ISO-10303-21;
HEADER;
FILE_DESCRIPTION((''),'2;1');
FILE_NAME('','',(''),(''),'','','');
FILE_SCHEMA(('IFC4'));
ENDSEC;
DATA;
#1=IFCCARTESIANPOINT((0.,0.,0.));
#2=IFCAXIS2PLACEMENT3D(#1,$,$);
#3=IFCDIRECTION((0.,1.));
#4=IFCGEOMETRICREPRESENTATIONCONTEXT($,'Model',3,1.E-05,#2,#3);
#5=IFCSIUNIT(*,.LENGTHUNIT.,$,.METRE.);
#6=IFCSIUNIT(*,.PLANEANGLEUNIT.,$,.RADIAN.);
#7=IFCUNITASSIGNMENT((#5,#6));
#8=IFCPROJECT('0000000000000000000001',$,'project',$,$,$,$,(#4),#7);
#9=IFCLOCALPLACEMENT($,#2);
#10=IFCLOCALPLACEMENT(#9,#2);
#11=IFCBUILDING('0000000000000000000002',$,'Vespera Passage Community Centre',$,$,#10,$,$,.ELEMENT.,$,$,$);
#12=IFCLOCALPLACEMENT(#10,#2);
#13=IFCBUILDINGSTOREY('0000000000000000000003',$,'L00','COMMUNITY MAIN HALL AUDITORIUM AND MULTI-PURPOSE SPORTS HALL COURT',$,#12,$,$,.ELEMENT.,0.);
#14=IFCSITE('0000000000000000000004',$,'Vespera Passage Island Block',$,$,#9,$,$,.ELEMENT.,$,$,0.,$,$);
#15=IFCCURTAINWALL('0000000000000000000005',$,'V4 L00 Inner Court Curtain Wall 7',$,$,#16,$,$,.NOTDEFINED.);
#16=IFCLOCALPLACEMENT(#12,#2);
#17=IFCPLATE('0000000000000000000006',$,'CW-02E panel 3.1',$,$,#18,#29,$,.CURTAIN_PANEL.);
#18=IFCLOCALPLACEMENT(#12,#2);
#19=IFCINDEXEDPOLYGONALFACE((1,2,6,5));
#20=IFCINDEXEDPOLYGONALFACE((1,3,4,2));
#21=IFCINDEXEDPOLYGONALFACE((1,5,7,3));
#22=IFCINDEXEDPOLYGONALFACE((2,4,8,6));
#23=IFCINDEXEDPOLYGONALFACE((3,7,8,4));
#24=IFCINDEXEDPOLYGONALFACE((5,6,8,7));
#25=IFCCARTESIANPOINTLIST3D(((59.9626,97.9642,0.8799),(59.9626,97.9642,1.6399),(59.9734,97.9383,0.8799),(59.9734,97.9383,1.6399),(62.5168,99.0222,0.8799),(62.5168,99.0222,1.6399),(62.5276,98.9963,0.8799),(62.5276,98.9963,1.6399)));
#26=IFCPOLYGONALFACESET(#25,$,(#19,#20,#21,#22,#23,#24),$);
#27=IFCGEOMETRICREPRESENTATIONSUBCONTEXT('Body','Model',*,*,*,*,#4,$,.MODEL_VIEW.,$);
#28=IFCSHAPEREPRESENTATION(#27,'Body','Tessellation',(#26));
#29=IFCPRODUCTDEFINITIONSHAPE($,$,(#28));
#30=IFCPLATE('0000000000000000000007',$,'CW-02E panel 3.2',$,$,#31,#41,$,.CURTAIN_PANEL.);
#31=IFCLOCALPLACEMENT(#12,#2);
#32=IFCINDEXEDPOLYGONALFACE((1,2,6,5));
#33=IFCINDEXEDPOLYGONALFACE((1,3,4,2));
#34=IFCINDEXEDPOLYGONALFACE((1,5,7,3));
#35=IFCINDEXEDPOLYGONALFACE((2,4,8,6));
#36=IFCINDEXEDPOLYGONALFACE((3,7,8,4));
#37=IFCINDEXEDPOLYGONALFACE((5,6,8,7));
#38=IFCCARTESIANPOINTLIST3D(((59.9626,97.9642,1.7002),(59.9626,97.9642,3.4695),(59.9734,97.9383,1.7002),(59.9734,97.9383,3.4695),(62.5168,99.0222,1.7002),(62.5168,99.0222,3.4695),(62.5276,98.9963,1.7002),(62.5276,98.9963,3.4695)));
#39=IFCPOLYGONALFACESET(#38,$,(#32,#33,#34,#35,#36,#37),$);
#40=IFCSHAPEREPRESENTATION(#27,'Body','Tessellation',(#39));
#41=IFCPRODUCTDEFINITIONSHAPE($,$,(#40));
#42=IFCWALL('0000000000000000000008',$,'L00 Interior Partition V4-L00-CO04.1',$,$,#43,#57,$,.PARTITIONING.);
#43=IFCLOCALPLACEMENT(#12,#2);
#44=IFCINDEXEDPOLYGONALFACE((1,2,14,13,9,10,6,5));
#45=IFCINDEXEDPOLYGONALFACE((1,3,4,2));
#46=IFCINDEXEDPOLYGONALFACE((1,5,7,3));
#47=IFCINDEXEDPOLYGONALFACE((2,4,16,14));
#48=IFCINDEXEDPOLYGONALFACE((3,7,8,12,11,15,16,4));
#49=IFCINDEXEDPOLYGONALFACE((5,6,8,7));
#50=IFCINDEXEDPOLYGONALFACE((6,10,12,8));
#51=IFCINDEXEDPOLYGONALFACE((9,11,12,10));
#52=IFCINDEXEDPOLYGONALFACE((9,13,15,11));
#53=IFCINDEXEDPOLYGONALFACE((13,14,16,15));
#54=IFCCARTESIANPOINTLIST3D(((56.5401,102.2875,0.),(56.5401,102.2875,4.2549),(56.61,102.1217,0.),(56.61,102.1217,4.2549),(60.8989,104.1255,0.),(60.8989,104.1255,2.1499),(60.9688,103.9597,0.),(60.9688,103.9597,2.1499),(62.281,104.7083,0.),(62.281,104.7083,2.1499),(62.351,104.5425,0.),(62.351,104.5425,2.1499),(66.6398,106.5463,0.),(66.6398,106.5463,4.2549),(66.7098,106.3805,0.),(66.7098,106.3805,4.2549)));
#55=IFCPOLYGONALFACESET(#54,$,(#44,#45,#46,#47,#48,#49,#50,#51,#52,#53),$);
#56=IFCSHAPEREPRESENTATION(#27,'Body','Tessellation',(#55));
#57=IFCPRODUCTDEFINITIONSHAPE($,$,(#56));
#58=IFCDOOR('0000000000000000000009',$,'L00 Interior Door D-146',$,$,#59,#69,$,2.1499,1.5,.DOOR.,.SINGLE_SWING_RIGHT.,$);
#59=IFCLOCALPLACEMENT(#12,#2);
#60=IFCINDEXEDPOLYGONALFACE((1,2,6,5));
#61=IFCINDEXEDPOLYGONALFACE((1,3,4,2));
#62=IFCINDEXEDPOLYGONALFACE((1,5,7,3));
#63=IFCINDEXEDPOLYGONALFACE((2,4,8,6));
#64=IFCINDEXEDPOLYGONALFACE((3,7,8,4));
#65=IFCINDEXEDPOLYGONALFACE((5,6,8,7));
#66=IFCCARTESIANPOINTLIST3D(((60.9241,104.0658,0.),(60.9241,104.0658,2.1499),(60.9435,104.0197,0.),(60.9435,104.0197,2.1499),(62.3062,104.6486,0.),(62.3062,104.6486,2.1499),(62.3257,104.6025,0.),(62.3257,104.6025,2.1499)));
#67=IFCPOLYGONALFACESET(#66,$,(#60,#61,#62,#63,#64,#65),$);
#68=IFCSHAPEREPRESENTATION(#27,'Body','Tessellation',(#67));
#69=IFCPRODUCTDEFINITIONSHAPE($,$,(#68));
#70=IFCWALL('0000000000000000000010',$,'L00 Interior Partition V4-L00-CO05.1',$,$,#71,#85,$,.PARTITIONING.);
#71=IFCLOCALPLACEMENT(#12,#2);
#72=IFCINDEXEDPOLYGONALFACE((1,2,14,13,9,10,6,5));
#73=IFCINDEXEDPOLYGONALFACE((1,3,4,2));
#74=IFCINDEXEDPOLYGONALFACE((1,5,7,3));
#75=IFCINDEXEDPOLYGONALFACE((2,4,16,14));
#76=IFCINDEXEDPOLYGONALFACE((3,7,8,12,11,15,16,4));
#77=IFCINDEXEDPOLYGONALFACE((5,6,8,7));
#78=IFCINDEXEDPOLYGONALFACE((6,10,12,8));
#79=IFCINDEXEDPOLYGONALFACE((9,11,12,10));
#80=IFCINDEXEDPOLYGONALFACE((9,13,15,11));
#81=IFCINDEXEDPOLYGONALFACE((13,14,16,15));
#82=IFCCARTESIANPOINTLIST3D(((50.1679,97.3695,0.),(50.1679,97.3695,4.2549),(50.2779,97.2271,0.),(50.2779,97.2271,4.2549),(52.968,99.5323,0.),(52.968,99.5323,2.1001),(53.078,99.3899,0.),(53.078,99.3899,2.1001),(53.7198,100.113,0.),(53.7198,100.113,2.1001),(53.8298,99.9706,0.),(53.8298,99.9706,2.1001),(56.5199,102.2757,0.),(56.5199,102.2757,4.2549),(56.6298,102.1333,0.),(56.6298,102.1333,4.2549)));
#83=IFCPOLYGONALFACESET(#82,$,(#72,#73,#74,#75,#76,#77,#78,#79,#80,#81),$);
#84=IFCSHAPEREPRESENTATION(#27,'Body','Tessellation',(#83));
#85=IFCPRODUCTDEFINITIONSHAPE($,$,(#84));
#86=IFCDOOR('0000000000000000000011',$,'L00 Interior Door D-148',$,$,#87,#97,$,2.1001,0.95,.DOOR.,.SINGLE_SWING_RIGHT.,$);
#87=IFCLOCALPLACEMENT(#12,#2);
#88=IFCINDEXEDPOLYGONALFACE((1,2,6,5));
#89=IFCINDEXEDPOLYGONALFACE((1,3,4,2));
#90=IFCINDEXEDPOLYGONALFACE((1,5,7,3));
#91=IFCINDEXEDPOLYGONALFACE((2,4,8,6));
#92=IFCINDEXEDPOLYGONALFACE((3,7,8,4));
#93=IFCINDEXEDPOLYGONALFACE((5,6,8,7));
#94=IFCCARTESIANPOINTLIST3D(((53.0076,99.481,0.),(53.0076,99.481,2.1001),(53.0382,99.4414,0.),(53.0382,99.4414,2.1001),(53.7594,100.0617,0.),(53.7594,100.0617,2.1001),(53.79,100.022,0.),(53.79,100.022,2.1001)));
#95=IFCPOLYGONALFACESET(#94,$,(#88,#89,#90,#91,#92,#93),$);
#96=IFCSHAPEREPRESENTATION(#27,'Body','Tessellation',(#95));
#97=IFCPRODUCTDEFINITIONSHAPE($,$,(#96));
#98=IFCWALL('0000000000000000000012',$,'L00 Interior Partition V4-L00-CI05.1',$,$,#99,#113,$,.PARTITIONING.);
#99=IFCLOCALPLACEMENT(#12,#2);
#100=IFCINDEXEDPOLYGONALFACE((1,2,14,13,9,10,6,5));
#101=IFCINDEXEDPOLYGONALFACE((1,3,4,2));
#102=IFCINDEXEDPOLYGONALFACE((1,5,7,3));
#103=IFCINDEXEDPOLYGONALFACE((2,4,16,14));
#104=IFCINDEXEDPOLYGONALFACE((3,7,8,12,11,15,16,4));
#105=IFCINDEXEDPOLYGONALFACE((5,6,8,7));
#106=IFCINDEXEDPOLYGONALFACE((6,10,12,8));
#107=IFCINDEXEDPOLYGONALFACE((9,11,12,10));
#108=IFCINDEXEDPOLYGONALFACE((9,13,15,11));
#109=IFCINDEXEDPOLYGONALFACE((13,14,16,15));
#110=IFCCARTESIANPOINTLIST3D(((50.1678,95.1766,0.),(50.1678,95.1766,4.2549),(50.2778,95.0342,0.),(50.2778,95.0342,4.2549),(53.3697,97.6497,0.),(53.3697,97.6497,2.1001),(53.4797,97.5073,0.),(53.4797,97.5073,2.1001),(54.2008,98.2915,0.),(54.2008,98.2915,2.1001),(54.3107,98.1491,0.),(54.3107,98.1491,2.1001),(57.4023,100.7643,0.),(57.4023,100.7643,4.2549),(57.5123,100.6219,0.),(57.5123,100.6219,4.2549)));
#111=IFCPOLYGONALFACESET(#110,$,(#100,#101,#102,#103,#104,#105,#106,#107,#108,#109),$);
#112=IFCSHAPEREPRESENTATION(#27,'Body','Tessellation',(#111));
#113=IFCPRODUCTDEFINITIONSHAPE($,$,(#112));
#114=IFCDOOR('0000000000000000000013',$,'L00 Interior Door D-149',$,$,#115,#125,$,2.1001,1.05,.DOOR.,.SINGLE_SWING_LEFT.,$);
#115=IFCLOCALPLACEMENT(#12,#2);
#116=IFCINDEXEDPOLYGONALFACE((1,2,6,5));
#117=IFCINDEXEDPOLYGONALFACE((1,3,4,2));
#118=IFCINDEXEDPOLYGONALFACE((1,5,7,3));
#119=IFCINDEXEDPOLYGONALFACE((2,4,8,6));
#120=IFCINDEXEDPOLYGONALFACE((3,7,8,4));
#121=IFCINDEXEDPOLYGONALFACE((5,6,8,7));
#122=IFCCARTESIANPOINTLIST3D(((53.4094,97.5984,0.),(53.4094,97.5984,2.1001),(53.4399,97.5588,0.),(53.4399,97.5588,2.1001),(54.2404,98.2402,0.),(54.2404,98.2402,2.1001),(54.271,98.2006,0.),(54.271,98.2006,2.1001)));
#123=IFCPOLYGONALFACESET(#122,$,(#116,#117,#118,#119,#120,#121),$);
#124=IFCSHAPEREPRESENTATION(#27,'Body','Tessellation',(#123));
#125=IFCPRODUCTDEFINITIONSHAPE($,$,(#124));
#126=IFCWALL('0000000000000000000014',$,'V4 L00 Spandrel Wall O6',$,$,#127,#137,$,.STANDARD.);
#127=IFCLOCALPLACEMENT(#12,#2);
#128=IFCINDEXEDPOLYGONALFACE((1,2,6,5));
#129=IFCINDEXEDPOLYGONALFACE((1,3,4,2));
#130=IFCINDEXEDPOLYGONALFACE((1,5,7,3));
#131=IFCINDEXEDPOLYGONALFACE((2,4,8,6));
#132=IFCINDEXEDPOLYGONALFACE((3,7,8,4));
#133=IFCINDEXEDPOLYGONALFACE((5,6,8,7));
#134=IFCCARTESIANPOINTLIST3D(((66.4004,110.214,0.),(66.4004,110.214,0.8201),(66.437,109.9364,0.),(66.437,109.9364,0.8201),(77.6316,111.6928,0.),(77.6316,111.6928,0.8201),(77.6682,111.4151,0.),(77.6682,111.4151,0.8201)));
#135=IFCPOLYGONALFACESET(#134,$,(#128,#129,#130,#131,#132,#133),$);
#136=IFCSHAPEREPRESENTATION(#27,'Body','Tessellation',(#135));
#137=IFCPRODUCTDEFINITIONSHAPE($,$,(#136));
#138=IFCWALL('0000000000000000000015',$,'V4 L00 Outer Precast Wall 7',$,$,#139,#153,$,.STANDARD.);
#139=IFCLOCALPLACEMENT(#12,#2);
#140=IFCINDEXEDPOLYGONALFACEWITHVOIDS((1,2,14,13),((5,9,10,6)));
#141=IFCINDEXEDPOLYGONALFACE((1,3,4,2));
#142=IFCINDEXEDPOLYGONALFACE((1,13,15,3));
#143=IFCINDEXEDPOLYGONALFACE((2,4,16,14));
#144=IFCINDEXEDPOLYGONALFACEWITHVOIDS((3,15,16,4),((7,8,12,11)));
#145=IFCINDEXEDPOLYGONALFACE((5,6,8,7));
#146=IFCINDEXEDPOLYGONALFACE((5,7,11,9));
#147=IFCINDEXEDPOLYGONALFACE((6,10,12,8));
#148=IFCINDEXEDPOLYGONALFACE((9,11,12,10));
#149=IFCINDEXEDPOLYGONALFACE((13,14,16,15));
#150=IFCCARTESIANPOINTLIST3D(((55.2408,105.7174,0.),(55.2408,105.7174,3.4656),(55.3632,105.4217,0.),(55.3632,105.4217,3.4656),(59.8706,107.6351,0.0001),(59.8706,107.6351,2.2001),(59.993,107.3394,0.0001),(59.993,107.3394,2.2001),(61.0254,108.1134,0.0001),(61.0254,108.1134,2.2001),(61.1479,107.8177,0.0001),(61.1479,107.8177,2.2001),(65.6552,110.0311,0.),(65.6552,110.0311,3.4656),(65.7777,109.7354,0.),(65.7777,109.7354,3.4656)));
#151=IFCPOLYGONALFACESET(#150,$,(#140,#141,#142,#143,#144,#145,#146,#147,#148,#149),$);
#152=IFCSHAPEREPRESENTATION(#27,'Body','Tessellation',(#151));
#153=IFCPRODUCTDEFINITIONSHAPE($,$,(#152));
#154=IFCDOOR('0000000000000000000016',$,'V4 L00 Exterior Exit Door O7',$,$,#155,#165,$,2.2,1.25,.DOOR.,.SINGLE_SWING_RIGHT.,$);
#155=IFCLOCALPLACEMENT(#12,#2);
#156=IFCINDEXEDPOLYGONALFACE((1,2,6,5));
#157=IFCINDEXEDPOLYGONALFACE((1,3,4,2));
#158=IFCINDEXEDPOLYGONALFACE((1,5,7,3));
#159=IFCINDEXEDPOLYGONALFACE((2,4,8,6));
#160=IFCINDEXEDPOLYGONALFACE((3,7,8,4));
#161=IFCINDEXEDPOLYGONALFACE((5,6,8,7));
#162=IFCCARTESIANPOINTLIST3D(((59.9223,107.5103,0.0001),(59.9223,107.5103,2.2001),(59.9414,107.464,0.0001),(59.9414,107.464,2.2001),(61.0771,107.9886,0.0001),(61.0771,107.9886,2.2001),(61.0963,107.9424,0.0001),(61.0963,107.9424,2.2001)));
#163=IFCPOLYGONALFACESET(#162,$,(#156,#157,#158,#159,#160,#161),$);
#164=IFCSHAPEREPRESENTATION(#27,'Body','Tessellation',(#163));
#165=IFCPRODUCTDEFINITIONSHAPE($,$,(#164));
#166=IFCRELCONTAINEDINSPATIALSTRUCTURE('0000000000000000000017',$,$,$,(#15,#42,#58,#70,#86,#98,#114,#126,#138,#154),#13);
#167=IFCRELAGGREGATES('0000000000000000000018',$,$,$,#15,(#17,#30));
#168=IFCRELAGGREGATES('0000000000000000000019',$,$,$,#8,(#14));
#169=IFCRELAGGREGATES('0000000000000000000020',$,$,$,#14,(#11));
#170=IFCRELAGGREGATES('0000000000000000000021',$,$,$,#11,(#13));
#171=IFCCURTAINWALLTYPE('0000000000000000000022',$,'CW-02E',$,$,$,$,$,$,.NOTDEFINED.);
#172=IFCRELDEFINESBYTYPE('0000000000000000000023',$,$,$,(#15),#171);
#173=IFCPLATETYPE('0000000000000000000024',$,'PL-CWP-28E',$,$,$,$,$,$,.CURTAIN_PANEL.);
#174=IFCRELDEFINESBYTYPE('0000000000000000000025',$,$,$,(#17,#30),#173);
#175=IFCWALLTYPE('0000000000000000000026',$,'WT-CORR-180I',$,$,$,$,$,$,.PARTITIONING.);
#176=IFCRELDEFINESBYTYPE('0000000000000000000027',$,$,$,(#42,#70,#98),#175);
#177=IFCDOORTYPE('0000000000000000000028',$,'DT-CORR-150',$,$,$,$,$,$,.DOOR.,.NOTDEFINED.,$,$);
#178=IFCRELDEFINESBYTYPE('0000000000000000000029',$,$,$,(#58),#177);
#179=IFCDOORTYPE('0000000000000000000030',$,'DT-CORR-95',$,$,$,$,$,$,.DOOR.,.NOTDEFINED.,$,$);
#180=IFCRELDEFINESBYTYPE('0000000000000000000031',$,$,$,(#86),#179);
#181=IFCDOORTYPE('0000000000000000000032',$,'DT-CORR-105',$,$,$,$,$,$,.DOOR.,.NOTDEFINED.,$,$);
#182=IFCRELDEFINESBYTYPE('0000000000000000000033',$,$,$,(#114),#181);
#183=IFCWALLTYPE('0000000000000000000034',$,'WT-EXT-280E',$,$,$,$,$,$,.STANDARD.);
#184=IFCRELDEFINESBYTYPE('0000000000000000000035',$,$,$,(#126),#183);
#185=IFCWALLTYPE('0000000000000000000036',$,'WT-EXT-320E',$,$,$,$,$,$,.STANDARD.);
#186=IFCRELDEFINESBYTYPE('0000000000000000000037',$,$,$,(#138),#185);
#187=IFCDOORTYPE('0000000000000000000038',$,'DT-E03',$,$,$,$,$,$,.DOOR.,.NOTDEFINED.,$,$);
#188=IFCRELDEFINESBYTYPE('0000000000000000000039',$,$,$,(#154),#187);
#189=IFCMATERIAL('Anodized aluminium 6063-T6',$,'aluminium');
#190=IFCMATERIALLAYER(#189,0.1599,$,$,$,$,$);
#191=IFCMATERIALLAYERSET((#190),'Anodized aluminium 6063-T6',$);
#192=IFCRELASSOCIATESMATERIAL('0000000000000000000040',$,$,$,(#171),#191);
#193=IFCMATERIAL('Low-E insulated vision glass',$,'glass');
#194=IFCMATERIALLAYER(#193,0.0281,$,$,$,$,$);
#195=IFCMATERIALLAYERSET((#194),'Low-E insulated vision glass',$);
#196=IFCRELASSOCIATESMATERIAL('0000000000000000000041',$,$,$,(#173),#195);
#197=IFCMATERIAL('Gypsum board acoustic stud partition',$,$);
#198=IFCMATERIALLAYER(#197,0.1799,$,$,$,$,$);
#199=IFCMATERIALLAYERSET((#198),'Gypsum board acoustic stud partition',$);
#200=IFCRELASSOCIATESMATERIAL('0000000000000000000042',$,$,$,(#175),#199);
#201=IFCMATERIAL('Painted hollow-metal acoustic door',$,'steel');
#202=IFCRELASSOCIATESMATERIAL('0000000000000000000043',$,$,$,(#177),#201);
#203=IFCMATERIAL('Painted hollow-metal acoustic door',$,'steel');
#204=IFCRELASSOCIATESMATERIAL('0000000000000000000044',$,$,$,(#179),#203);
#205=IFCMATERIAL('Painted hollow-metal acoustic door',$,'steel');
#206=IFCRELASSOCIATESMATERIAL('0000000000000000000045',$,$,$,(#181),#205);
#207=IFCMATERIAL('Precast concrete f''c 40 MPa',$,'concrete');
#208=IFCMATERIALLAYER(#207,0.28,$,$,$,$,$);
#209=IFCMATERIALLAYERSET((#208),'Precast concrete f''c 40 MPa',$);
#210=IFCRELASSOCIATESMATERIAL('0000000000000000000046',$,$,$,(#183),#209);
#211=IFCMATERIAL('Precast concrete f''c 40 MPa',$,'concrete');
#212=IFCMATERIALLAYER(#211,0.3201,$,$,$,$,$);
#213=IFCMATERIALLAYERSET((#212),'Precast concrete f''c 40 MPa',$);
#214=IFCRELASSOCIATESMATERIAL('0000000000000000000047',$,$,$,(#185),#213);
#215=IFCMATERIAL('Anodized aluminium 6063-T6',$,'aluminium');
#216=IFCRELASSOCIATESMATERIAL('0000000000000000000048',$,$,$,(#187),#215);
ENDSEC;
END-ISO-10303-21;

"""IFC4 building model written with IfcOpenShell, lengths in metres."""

from ifc_helpers import new_model, si_unit, direction, frame, frame_2d, origin, origin_2d, place, context, subcontext, project, spatial, rectangle, extrude, material, layer, layer_set, type_object, element, fill, aggregate, save


model = new_model("IFC4")

# Units and contexts
model_context = context("Model", 3, precision=1e-05, world=origin(), true_north=direction((0.0, 1.0)))
body_context = subcontext(model_context, "Body", "Model", "MODEL_VIEW")
ifc_project = project(units=[si_unit("LENGTHUNIT", "METRE"), si_unit("PLANEANGLEUNIT", "RADIAN")], contexts=[model_context])

# Site, building, storey
site_placement = place(None, origin())
site = spatial("IfcSite", under=ifc_project, at=site_placement, Name="Vespera Passage Island Block", CompositionType="ELEMENT", RefElevation=0.0)
building_placement = place(site_placement, origin())
building = spatial("IfcBuilding", under=site, at=building_placement, Name="Vespera Passage Community Centre", CompositionType="ELEMENT")
storey_placement = place(building_placement, origin())
storey = spatial("IfcBuildingStorey", under=building, at=storey_placement, Name="L00", Description="COMMUNITY MAIN HALL AUDITORIUM AND MULTI-PURPOSE SPORTS HALL COURT", CompositionType="ELEMENT", Elevation=0.0)

# Curtain wall
ifc_material_1 = material(Name="Anodized aluminium 6063-T6", Category="aluminium")
ifc_layer_1 = layer(ifc_material_1, 0.1599)
ifc_layer_set_1 = layer_set([ifc_layer_1], Name="Anodized aluminium 6063-T6")
curtain_wall_type_1 = type_object("IfcCurtainWallType", Name="CW-02E", PredefinedType="NOTDEFINED", material=ifc_layer_set_1)
curtain_wall_1_placement = place(storey_placement, origin())
curtain_wall_1 = element("IfcCurtainWall", 1, at=curtain_wall_1_placement, inside=storey, type_object=curtain_wall_type_1, Name="V4 L00 Inner Court Curtain Wall 7", PredefinedType="NOTDEFINED")

# Plates
ifc_material_2 = material(Name="Low-E insulated vision glass", Category="glass")
ifc_layer_2 = layer(ifc_material_2, 0.0281)
ifc_layer_set_2 = layer_set([ifc_layer_2], Name="Low-E insulated vision glass")
plate_type = type_object("IfcPlateType", Name="PL-CWP-28E", PredefinedType="CURTAIN_PANEL", material=ifc_layer_set_2)
plate_1_placement = place(storey_placement, frame((61.2451, 98.4802, 0.8799), z_axis=(0.0, 0.0, 1.0), x_axis=(-0.923877, -0.38269, 0.0)))
plate_1 = element("IfcPlate", 2, at=plate_1_placement, type_object=plate_type, Name="CW-02E panel 3.1", PredefinedType="CURTAIN_PANEL", context=body_context, shape_type="SweptSolid", body=[
    extrude(rectangle(XDim=2.7646, YDim=0.0281, at=origin_2d()), origin(), (0.0, 0.0, 1.0), 0.76),
])
plate_2_placement = place(storey_placement, frame((61.2451, 98.4802, 1.7002), z_axis=(0.0, 0.0, 1.0), x_axis=(-0.923877, -0.38269, 0.0)))
plate_2 = element("IfcPlate", 3, at=plate_2_placement, type_object=plate_type, Name="CW-02E panel 3.2", PredefinedType="CURTAIN_PANEL", context=body_context, shape_type="SweptSolid", body=[
    extrude(rectangle(XDim=2.7646, YDim=0.0281, at=origin_2d()), origin(), (0.0, 0.0, 1.0), 1.7693),
])
aggregate(curtain_wall_1, [plate_1, plate_2])

# Walls, openings, doors
ifc_material_3 = material(Name="Gypsum board acoustic stud partition")
ifc_layer_3 = layer(ifc_material_3, 0.1799)
ifc_layer_set_3 = layer_set([ifc_layer_3], Name="Gypsum board acoustic stud partition")
wall_type_1 = type_object("IfcWallType", Name="WT-CORR-180I", PredefinedType="PARTITIONING", material=ifc_layer_set_3)
wall_1_placement = place(storey_placement, frame((66.6748, 106.4634, 0.0), z_axis=(0.0, 0.0, 1.0), x_axis=(-0.921432, -0.388539, 0.0)))
wall_1 = element("IfcWall", 4, at=wall_1_placement, inside=storey, type_object=wall_type_1, Name="L00 Interior Partition V4-L00-CO04.1", PredefinedType="PARTITIONING", context=body_context, shape_type="SweptSolid", body=[
    extrude(rectangle(XDim=10.9609, YDim=0.1799, at=frame_2d((5.4805, 0.0))), origin(), (0.0, 0.0, 1.0), 4.2549),
])
opening_1_placement = place(wall_1_placement, frame((4.7305, 0.0, 0.0)))
opening_1 = element("IfcOpeningElement", 5, at=opening_1_placement, cuts=wall_1, PredefinedType="OPENING", context=body_context, shape_type="SweptSolid", body=[
    extrude(rectangle(XDim=1.5, YDim=2.1499, at=frame_2d((0.75, 1.075))), frame((0.0, 0.0999, 0.0), z_axis=(0.0, -1.0, 0.0), x_axis=(1.0, 0.0, 0.0)), (0.0, 0.0, 1.0), 0.2),
])
ifc_material_4 = material(Name="Painted hollow-metal acoustic door", Category="steel")
door_type_1 = type_object("IfcDoorType", Name="DT-CORR-150", OperationType="NOTDEFINED", PredefinedType="DOOR", material=ifc_material_4)
door_1_placement = place(opening_1_placement, origin())
door_1 = element("IfcDoor", 6, at=door_1_placement, inside=storey, type_object=door_type_1, Name="L00 Interior Door D-146", OperationType="SINGLE_SWING_RIGHT", OverallHeight=2.1499, OverallWidth=1.5, PredefinedType="DOOR", context=body_context, shape_type="SweptSolid", body=[
    extrude(rectangle(XDim=1.5, YDim=2.1499, at=frame_2d((0.75, 1.075))), frame((0.0, 0.0249, 0.0), z_axis=(0.0, -1.0, 0.0), x_axis=(1.0, 0.0, 0.0)), (0.0, 0.0, 1.0), 0.05),
])
fill(opening_1, door_1)
wall_2_placement = place(storey_placement, frame((56.575, 102.2046, 0.0), z_axis=(0.0, 0.0, 1.0), x_axis=(-0.791415, -0.61128, 0.0)))
wall_2 = element("IfcWall", 7, at=wall_2_placement, inside=storey, type_object=wall_type_1, Name="L00 Interior Partition V4-L00-CO05.1", PredefinedType="PARTITIONING", context=body_context, shape_type="SweptSolid", body=[
    extrude(rectangle(XDim=8.0261, YDim=0.1799, at=frame_2d((4.0132, 0.0))), origin(), (0.0, 0.0, 1.0), 4.2549),
])
opening_2_placement = place(wall_2_placement, frame((3.5381, 0.0, 0.0)))
opening_2 = element("IfcOpeningElement", 8, at=opening_2_placement, cuts=wall_2, PredefinedType="OPENING", context=body_context, shape_type="SweptSolid", body=[
    extrude(rectangle(XDim=0.95, YDim=2.1001, at=frame_2d((0.4751, 1.05))), frame((0.0, 0.0999, 0.0), z_axis=(0.0, -1.0, 0.0), x_axis=(1.0, 0.0, 0.0)), (0.0, 0.0, 1.0), 0.2),
])
ifc_material_5 = material(Name="Painted hollow-metal acoustic door", Category="steel")
door_type_2 = type_object("IfcDoorType", Name="DT-CORR-95", OperationType="NOTDEFINED", PredefinedType="DOOR", material=ifc_material_5)
door_2_placement = place(opening_2_placement, origin())
door_2 = element("IfcDoor", 9, at=door_2_placement, inside=storey, type_object=door_type_2, Name="L00 Interior Door D-148", OperationType="SINGLE_SWING_RIGHT", OverallHeight=2.1001, OverallWidth=0.95, PredefinedType="DOOR", context=body_context, shape_type="SweptSolid", body=[
    extrude(rectangle(XDim=0.95, YDim=2.1001, at=frame_2d((0.4751, 1.05))), frame((0.0, 0.0249, 0.0), z_axis=(0.0, -1.0, 0.0), x_axis=(1.0, 0.0, 0.0)), (0.0, 0.0, 1.0), 0.05),
])
fill(opening_2, door_2)
wall_3_placement = place(storey_placement, frame((57.4573, 100.6931, 0.0), z_axis=(0.0, 0.0, 1.0), x_axis=(-0.79142, -0.611273, 0.0)))
wall_3 = element("IfcWall", 10, at=wall_3_placement, inside=storey, type_object=wall_type_1, Name="L00 Interior Partition V4-L00-CI05.1", PredefinedType="PARTITIONING", context=body_context, shape_type="SweptSolid", body=[
    extrude(rectangle(XDim=9.1411, YDim=0.1799, at=frame_2d((4.5706, 0.0))), origin(), (0.0, 0.0, 1.0), 4.2549),
])
opening_3_placement = place(wall_3_placement, frame((4.0454, 0.0, 0.0)))
opening_3 = element("IfcOpeningElement", 11, at=opening_3_placement, cuts=wall_3, PredefinedType="OPENING", context=body_context, shape_type="SweptSolid", body=[
    extrude(rectangle(XDim=1.05, YDim=2.1001, at=frame_2d((0.5249, 1.05))), frame((0.0, 0.0999, 0.0), z_axis=(0.0, -1.0, 0.0), x_axis=(1.0, 0.0, 0.0)), (0.0, 0.0, 1.0), 0.2),
])
ifc_material_6 = material(Name="Painted hollow-metal acoustic door", Category="steel")
door_type_3 = type_object("IfcDoorType", Name="DT-CORR-105", OperationType="NOTDEFINED", PredefinedType="DOOR", material=ifc_material_6)
door_3_placement = place(opening_3_placement, origin())
door_3 = element("IfcDoor", 12, at=door_3_placement, inside=storey, type_object=door_type_3, Name="L00 Interior Door D-149", OperationType="SINGLE_SWING_LEFT", OverallHeight=2.1001, OverallWidth=1.05, PredefinedType="DOOR", context=body_context, shape_type="SweptSolid", body=[
    extrude(rectangle(XDim=1.05, YDim=2.1001, at=frame_2d((0.5249, 1.05))), frame((0.0, 0.0249, 0.0), z_axis=(0.0, -1.0, 0.0), x_axis=(1.0, 0.0, 0.0)), (0.0, 0.0, 1.0), 0.05),
])
fill(opening_3, door_3)

# Wall
ifc_material_7 = material(Name="Precast concrete f'c 40 MPa", Category="concrete")
ifc_layer_4 = layer(ifc_material_7, 0.28)
ifc_layer_set_4 = layer_set([ifc_layer_4], Name="Precast concrete f'c 40 MPa")
wall_type_2 = type_object("IfcWallType", Name="WT-EXT-280E", PredefinedType="STANDARD", material=ifc_layer_set_4)
wall_4_placement = place(storey_placement, frame((66.4187, 110.0752, 0.0), z_axis=(0.0, 0.0, 1.0), x_axis=(0.991443, 0.130539, 0.0)))
element("IfcWall", 13, at=wall_4_placement, inside=storey, type_object=wall_type_2, Name="V4 L00 Spandrel Wall O6", PredefinedType="STANDARD", context=body_context, shape_type="SweptSolid", body=[
    extrude(rectangle(XDim=11.3281, YDim=0.28, at=frame_2d((5.6641, 0.0))), origin(), (0.0, 0.0, 1.0), 0.8201),
])

# Wall, opening, door
ifc_material_8 = material(Name="Precast concrete f'c 40 MPa", Category="concrete")
ifc_layer_5 = layer(ifc_material_8, 0.3201)
ifc_layer_set_5 = layer_set([ifc_layer_5], Name="Precast concrete f'c 40 MPa")
wall_type_3 = type_object("IfcWallType", Name="WT-EXT-320E", PredefinedType="STANDARD", material=ifc_layer_set_5)
wall_5_placement = place(storey_placement, frame((55.302, 105.5696, 0.0), z_axis=(0.0, 0.0, 1.0), x_axis=(0.923884, 0.382674, 0.0)))
wall_5 = element("IfcWall", 14, at=wall_5_placement, inside=storey, type_object=wall_type_3, Name="V4 L00 Outer Precast Wall 7", PredefinedType="STANDARD", context=body_context, shape_type="SweptSolid", body=[
    extrude(rectangle(XDim=11.2725, YDim=0.3201, at=frame_2d((5.6362, 0.0))), origin(), (0.0, 0.0, 1.0), 3.4656),
])
opening_4_placement = place(wall_5_placement, frame((5.0112, 0.0, 0.0)))
opening_4 = element("IfcOpeningElement", 15, at=opening_4_placement, cuts=wall_5, PredefinedType="OPENING", context=body_context, shape_type="SweptSolid", body=[
    extrude(rectangle(XDim=1.25, YDim=2.2, at=frame_2d((0.625, 1.1001))), frame((0.0, 0.1702, 0.0), z_axis=(0.0, -1.0, 0.0), x_axis=(1.0, 0.0, 0.0)), (0.0, 0.0, 1.0), 0.3401),
])
ifc_material_9 = material(Name="Anodized aluminium 6063-T6", Category="aluminium")
door_type_4 = type_object("IfcDoorType", Name="DT-E03", OperationType="NOTDEFINED", PredefinedType="DOOR", material=ifc_material_9)
door_4_placement = place(opening_4_placement, origin())
door_4 = element("IfcDoor", 16, at=door_4_placement, inside=storey, type_object=door_type_4, Name="V4 L00 Exterior Exit Door O7", OperationType="SINGLE_SWING_RIGHT", OverallHeight=2.2, OverallWidth=1.25, PredefinedType="DOOR", context=body_context, shape_type="SweptSolid", body=[
    extrude(rectangle(XDim=1.25, YDim=2.2, at=frame_2d((0.625, 1.1001))), frame((0.0, 0.0249, 0.0), z_axis=(0.0, -1.0, 0.0), x_axis=(1.0, 0.0, 0.0)), (0.0, 0.0, 1.0), 0.05),
])
fill(opening_4, door_4)

save(model, "model.ifc")
